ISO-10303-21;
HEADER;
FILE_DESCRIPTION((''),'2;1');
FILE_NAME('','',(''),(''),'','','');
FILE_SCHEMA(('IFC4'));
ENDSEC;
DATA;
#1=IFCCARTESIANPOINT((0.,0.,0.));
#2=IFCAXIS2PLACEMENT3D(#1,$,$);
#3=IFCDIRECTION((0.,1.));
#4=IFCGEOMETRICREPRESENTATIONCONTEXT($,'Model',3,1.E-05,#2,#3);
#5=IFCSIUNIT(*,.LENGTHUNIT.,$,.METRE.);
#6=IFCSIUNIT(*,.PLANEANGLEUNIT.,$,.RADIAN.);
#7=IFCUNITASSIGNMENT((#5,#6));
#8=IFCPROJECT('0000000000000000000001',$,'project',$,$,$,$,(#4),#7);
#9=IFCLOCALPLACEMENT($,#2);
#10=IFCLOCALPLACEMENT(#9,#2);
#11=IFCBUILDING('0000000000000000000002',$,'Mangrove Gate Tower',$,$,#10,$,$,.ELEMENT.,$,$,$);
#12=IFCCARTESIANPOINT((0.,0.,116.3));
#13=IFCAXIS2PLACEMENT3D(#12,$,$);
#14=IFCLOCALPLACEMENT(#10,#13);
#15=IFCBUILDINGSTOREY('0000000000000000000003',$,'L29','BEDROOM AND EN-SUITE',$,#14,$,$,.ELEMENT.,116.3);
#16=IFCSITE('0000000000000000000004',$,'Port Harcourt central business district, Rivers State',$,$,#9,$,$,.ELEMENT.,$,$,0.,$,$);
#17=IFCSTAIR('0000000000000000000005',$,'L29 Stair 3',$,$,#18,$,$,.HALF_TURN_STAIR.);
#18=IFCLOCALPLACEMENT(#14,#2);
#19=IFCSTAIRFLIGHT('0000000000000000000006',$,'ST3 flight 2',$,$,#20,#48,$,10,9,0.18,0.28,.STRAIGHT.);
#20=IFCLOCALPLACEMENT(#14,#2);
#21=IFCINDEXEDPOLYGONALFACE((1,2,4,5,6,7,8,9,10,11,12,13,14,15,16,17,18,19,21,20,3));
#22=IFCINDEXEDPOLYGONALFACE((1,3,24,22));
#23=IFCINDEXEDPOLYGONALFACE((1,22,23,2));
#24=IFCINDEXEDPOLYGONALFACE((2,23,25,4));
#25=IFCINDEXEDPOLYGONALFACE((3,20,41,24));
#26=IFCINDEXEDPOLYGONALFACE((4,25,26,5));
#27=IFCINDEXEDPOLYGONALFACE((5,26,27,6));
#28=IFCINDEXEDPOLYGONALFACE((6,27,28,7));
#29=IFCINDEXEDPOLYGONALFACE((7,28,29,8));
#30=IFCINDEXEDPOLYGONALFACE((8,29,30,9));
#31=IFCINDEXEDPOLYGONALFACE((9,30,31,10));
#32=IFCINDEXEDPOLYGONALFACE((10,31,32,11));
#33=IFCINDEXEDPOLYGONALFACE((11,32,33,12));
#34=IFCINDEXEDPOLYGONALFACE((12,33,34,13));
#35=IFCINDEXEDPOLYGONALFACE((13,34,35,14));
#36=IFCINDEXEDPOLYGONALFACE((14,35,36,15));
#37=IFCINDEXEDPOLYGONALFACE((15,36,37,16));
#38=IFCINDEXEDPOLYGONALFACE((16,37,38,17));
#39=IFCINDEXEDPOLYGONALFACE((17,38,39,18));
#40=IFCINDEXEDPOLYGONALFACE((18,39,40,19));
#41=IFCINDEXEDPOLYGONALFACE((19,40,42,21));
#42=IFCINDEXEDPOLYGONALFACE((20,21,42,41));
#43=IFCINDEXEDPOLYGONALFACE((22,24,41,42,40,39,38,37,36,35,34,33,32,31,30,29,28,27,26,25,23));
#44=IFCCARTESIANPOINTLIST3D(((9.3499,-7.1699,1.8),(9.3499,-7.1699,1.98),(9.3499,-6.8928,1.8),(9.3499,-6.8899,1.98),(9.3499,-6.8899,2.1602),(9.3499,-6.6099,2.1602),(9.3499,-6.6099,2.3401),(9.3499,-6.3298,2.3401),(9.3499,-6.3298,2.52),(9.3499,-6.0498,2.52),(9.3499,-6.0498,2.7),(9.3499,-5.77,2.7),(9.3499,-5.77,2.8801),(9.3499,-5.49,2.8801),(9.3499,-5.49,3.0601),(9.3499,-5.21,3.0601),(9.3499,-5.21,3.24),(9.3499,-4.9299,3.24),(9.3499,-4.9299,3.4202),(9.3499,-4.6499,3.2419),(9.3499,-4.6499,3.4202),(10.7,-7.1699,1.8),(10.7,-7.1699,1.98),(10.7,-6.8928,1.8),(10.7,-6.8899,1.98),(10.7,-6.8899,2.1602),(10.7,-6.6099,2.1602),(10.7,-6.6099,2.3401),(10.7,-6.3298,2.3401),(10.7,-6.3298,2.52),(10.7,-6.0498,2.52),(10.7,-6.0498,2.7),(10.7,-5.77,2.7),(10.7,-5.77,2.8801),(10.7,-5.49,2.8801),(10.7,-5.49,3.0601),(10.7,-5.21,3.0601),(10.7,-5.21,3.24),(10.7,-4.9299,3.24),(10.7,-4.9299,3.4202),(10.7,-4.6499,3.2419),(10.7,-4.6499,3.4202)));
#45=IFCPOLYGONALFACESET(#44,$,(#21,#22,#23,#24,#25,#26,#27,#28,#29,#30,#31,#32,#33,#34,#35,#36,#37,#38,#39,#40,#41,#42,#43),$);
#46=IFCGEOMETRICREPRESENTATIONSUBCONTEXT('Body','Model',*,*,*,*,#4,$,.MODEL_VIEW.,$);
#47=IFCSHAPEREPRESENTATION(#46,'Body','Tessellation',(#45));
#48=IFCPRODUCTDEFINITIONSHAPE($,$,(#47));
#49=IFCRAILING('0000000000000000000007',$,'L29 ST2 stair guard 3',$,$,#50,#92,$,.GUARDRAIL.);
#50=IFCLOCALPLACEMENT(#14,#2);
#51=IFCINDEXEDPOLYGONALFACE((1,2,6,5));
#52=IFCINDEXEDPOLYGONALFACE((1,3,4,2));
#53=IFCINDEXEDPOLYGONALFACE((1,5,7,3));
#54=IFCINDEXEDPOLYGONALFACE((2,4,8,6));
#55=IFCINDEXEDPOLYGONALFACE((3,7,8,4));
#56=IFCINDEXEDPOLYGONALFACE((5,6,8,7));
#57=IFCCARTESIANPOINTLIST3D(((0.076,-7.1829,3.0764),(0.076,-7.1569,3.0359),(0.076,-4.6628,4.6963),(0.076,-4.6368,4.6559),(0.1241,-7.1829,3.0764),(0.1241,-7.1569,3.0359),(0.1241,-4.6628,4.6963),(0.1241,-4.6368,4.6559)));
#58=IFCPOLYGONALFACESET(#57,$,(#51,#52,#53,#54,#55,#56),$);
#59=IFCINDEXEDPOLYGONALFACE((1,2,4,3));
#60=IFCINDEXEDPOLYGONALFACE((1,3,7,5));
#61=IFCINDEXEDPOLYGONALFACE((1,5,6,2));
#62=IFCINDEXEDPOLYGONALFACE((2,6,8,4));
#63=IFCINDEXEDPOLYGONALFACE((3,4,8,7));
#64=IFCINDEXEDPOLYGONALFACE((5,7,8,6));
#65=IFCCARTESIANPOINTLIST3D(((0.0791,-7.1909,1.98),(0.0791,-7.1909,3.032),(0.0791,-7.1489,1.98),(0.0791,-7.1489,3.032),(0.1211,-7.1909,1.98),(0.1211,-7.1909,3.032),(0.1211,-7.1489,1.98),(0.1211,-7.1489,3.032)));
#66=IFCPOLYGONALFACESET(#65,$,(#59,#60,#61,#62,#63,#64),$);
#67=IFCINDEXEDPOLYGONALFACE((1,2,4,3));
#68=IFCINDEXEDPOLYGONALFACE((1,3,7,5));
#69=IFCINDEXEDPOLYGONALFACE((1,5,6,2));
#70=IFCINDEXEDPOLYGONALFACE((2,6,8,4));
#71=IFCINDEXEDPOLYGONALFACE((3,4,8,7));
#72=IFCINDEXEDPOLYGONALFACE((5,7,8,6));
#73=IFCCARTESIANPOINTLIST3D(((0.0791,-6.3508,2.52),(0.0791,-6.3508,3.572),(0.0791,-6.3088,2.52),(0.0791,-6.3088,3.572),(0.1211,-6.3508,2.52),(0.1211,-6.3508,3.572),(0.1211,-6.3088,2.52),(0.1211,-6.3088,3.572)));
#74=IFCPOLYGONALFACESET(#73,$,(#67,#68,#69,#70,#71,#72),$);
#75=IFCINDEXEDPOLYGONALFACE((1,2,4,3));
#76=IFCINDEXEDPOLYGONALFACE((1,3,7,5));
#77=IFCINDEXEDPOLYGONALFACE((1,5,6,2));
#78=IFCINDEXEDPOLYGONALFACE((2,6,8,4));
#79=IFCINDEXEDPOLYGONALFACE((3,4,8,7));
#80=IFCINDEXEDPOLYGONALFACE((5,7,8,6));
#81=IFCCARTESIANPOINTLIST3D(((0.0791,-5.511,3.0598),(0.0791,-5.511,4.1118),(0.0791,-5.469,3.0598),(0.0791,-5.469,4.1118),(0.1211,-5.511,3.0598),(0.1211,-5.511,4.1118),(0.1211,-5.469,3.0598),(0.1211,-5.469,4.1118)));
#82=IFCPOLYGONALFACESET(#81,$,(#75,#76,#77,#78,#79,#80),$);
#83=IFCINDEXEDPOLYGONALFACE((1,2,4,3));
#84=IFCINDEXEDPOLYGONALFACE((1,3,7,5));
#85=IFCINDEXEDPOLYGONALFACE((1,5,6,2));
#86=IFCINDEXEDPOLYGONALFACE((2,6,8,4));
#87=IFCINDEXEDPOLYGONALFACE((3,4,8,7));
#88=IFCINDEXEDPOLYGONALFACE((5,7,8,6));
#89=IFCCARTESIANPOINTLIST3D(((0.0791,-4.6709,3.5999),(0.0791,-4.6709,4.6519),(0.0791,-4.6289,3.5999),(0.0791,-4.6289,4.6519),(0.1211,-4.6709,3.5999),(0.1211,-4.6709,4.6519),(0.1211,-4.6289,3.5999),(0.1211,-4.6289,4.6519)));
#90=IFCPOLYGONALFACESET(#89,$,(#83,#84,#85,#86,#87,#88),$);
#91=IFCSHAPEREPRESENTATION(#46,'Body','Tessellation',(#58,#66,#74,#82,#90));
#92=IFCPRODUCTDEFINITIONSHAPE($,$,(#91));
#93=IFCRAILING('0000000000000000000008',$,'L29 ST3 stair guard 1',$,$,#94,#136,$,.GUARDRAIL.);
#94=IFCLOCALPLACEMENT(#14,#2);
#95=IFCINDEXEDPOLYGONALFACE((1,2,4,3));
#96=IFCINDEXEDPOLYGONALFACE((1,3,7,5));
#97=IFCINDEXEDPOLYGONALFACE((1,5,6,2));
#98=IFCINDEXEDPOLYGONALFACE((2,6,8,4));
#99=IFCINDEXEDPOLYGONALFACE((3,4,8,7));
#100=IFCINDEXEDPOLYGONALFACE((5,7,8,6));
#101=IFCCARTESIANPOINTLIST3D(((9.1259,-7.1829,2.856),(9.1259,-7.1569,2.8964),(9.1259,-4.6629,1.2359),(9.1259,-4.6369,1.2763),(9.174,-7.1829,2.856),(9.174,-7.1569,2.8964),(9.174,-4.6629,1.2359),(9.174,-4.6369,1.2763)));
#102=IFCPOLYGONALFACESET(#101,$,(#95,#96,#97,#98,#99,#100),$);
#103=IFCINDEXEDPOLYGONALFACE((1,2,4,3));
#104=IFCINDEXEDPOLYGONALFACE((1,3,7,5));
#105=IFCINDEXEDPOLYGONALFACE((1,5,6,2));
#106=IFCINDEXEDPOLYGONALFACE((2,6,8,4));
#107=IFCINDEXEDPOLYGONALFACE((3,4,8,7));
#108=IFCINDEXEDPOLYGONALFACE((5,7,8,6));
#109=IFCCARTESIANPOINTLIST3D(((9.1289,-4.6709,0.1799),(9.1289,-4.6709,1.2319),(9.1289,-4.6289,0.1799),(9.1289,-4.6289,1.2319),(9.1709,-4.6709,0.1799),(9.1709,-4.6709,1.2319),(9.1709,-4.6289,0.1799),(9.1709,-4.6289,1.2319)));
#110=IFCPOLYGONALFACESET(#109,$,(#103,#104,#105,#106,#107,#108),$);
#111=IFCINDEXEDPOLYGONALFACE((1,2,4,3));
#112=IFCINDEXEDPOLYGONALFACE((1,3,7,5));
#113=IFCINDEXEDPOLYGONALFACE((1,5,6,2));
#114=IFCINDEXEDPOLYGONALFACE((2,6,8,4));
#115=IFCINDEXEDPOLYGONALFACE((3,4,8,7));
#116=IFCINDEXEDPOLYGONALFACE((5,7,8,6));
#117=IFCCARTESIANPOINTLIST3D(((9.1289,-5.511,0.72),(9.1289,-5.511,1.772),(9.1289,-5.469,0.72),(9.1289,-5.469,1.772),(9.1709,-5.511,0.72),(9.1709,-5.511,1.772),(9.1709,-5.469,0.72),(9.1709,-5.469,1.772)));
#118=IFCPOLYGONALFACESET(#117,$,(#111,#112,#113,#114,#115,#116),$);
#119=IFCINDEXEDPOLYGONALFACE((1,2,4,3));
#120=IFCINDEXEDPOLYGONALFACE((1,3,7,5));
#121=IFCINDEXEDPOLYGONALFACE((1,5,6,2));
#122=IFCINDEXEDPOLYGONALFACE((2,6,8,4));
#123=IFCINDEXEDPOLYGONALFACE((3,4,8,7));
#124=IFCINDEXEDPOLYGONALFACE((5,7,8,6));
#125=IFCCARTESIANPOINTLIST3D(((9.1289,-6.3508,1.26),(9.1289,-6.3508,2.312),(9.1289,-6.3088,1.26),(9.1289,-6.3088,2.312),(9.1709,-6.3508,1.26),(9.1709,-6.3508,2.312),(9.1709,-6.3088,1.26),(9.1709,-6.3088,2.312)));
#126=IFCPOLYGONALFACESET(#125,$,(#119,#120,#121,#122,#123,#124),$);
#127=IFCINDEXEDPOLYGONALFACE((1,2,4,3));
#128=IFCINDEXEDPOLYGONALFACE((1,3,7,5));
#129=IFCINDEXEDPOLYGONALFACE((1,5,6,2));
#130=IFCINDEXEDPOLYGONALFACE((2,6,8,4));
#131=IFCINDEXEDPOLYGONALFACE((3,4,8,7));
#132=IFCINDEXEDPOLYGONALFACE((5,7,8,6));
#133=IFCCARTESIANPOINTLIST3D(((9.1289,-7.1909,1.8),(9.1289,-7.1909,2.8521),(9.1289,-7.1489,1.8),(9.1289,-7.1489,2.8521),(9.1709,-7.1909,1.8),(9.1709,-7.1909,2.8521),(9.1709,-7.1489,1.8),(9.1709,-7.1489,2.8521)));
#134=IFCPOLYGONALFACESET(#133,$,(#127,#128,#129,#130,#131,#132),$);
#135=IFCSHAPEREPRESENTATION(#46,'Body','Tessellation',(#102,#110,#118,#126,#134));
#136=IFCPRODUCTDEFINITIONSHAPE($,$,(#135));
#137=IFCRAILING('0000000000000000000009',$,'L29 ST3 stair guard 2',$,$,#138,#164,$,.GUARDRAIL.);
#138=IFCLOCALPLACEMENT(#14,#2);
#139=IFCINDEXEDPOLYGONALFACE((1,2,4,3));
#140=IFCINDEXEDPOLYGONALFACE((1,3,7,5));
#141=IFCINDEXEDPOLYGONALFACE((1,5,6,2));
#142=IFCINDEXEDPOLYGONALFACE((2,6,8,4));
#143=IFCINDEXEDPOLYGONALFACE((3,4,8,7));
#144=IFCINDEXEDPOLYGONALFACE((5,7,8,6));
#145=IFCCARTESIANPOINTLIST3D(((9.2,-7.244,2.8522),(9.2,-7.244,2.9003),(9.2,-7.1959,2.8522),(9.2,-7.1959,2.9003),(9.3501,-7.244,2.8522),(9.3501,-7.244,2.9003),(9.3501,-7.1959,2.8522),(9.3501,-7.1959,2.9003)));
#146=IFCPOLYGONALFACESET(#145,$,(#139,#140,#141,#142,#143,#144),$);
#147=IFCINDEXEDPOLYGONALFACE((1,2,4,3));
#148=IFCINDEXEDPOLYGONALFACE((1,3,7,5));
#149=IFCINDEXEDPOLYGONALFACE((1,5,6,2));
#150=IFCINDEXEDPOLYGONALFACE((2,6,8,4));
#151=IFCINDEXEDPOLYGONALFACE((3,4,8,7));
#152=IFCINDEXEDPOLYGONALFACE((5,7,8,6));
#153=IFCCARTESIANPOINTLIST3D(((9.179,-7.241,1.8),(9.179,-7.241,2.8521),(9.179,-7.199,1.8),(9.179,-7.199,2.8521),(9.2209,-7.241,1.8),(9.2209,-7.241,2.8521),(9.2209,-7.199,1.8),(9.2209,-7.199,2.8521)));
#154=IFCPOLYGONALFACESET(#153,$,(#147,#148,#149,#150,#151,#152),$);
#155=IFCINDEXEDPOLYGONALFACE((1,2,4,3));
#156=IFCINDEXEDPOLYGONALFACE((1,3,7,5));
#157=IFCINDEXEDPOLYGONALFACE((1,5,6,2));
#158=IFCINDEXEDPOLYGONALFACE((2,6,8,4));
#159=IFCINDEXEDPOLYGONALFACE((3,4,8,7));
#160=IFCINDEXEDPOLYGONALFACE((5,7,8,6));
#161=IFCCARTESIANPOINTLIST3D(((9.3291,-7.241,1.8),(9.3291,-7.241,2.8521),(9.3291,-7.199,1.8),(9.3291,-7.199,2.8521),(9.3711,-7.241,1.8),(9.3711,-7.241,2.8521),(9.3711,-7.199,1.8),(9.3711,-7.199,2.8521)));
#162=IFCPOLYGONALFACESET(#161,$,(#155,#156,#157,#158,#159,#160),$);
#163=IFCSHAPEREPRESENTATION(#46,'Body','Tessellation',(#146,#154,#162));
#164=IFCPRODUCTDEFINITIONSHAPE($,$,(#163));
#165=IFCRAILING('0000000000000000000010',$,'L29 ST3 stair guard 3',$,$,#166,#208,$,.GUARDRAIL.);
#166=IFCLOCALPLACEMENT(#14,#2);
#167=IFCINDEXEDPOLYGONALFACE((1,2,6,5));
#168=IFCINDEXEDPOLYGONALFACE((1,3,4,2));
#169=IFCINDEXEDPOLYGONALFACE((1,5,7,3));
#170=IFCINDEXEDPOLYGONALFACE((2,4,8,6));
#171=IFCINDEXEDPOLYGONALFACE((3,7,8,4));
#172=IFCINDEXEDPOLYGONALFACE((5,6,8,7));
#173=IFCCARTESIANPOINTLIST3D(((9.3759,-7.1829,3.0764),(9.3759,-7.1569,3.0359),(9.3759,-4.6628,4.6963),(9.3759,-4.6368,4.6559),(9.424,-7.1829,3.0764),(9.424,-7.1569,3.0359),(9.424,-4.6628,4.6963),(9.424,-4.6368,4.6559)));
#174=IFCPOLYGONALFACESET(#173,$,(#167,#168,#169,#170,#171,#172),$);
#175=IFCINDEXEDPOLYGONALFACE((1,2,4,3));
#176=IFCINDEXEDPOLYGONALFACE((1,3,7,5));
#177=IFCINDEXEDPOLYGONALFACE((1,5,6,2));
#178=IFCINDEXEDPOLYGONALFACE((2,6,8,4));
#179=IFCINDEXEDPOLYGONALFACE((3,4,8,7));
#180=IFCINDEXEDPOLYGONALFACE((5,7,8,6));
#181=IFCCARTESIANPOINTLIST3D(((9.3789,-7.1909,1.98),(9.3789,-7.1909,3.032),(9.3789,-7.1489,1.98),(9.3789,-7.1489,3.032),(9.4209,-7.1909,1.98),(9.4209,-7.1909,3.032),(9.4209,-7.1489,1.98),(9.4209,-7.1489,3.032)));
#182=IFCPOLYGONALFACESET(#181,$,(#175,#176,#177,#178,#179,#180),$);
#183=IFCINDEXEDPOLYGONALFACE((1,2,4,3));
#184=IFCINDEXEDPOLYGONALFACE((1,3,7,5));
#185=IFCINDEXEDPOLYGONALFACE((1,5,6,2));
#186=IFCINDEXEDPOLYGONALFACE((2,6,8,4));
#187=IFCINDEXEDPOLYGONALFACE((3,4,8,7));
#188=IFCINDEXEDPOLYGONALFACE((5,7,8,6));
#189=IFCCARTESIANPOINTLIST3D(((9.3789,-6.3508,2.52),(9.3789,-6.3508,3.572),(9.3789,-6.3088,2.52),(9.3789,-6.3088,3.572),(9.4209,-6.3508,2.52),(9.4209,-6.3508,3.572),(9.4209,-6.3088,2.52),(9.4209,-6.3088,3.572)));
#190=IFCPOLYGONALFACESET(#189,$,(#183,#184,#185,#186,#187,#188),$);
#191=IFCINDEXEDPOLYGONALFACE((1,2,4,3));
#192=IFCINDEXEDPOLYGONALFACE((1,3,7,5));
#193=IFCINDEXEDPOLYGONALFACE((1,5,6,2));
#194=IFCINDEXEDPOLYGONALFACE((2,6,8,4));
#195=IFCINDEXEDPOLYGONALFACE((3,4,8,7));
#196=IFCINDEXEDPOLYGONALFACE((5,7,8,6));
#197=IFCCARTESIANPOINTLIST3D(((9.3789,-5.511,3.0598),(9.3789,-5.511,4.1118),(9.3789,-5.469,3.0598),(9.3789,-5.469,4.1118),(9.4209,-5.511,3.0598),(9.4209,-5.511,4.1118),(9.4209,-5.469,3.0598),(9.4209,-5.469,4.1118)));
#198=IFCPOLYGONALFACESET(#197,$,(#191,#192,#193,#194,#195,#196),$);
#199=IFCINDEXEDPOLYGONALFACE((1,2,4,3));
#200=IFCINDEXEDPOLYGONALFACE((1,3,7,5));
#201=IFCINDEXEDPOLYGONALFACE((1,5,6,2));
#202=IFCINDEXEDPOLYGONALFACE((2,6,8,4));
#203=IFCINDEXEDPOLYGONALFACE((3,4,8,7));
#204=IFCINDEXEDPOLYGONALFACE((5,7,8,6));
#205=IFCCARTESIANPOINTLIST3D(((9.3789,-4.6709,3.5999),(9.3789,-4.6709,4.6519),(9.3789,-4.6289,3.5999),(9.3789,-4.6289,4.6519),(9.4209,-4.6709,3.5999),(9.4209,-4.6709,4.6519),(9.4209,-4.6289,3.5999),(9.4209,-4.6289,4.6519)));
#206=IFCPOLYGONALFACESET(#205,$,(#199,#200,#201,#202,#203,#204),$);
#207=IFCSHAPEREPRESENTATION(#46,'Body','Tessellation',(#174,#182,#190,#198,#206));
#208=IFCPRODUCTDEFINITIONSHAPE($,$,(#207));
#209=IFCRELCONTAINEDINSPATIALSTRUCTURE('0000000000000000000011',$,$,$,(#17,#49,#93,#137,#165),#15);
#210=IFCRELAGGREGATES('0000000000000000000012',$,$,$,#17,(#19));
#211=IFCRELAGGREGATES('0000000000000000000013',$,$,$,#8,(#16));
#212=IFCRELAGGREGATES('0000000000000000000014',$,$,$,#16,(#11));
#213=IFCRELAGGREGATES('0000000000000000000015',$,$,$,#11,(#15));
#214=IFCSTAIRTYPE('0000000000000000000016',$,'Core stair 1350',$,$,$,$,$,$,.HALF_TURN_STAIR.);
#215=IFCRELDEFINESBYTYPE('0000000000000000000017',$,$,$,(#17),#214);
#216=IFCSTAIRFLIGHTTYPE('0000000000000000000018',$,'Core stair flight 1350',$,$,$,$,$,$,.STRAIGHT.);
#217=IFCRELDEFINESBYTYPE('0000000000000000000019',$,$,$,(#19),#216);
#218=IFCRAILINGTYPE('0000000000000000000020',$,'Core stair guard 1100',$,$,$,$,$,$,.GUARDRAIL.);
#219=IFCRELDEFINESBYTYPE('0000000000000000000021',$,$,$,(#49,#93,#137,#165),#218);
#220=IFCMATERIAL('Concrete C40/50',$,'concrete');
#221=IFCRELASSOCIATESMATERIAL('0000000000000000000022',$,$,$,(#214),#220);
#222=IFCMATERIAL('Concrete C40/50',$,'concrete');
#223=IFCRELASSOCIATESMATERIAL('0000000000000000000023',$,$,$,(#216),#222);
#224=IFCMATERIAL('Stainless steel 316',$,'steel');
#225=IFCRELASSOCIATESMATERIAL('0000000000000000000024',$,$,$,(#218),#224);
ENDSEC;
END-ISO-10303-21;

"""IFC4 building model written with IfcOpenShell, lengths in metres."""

from ifc_helpers import new_model, si_unit, direction, frame, origin, origin_2d, place, context, subcontext, project, spatial, polyline, rectangle, outline, extrude, material, type_object, element, aggregate, save


model = new_model("IFC4")

# Units and contexts
model_context = context("Model", 3, precision=1e-05, world=origin(), true_north=direction((0.0, 1.0)))
body_context = subcontext(model_context, "Body", "Model", "MODEL_VIEW")
ifc_project = project(units=[si_unit("LENGTHUNIT", "METRE"), si_unit("PLANEANGLEUNIT", "RADIAN")], contexts=[model_context])

# Site, building, storey
site_placement = place(None, origin())
site = spatial("IfcSite", under=ifc_project, at=site_placement, Name="Port Harcourt central business district, Rivers State", CompositionType="ELEMENT", RefElevation=0.0)
building_placement = place(site_placement, origin())
building = spatial("IfcBuilding", under=site, at=building_placement, Name="Mangrove Gate Tower", CompositionType="ELEMENT")
storey_placement = place(building_placement, frame((0.0, 0.0, 116.3)))
storey = spatial("IfcBuildingStorey", under=building, at=storey_placement, Name="L29", Description="BEDROOM AND EN-SUITE", CompositionType="ELEMENT", Elevation=116.3)

# Shared definitions
ifc_material_1 = material(Name="Concrete C40/50", Category="concrete")
stair_type = type_object("IfcStairType", Name="Core stair 1350", PredefinedType="HALF_TURN_STAIR", material=ifc_material_1)
ifc_material_2 = material(Name="Concrete C40/50", Category="concrete")
stair_flight_type = type_object("IfcStairFlightType", Name="Core stair flight 1350", PredefinedType="STRAIGHT", material=ifc_material_2)

# Stair, stair flight
stair_1_placement = place(storey_placement, origin())
stair_1 = element("IfcStair", 1, at=stair_1_placement, inside=storey, type_object=stair_type, Name="L29 Stair 3", PredefinedType="HALF_TURN_STAIR")
stair_flight_1_placement = place(storey_placement, frame((10.0249, -7.1699, 1.8), z_axis=(0.0, 0.0, 1.0), x_axis=(0.0, 1.0, 0.0)))
stair_flight_1 = element("IfcStairFlight", 2, at=stair_flight_1_placement, type_object=stair_flight_type, Name="ST3 flight 2", NumberOfRisers=10, NumberOfTreads=9, PredefinedType="STRAIGHT", RiserHeight=0.18, TreadLength=0.28, context=body_context, shape_type="SweptSolid", body=[
    extrude(outline(polyline([(0.0, 0.0), (0.0, 0.1799), (0.28, 0.1799), (0.28, 0.3601), (0.5601, 0.3601), (0.5601, 0.54), (0.8401, 0.54), (0.8401, 0.72), (1.1201, 0.72), (1.1201, 0.8999), (1.3999, 0.8999), (1.3999, 1.0801), (1.6799, 1.0801), (1.6799, 1.26), (1.96, 1.26), (1.96, 1.4399), (2.24, 1.4399), (2.24, 1.6201), (2.52, 1.6201), (2.52, 1.8), (2.52, 1.4419), (0.2771, 0.0), (0.0, 0.0)])), frame((0.0, 0.675, 0.0), z_axis=(0.0, -1.0, 0.0), x_axis=(1.0, 0.0, 0.0)), (0.0, 0.0, 1.0), 1.3501),
])
aggregate(stair_1, [stair_flight_1])

# Railings
ifc_material_3 = material(Name="Stainless steel 316", Category="steel")
railing_type_1 = type_object("IfcRailingType", Name="Core stair guard 1100", PredefinedType="GUARDRAIL", material=ifc_material_3)
railing_1_placement = place(storey_placement, frame((0.1001, -7.1699, 1.98)))
element("IfcRailing", 3, at=railing_1_placement, inside=storey, type_object=railing_type_1, Name="L29 ST2 stair guard 3", PredefinedType="GUARDRAIL", context=body_context, shape_type="SweptSolid", body=[
    extrude(rectangle(XDim=0.0481, YDim=0.0481, at=origin_2d()), frame((0.0, 0.0, 1.0762), z_axis=(0.0, 0.8412, 0.540725), x_axis=(-1.0, 0.0, 0.0)), (0.0, 0.0, 1.0), 2.9958),
    extrude(rectangle(XDim=0.042, YDim=0.042, at=origin_2d()), origin(), (0.0, 0.0, 1.0), 1.052),
    extrude(rectangle(XDim=0.042, YDim=0.042, at=origin_2d()), frame((0.0, 0.8401, 0.54)), (0.0, 0.0, 1.0), 1.052),
    extrude(rectangle(XDim=0.042, YDim=0.042, at=origin_2d()), frame((0.0, 1.6799, 1.0798)), (0.0, 0.0, 1.0), 1.052),
    extrude(rectangle(XDim=0.042, YDim=0.042, at=origin_2d()), frame((0.0, 2.52, 1.6199)), (0.0, 0.0, 1.0), 1.052),
])
railing_2_placement = place(storey_placement, frame((9.1499, -4.6499, 0.1799)))
element("IfcRailing", 4, at=railing_2_placement, inside=storey, type_object=railing_type_1, Name="L29 ST3 stair guard 1", PredefinedType="GUARDRAIL", context=body_context, shape_type="SweptSolid", body=[
    extrude(rectangle(XDim=0.0481, YDim=0.0481, at=origin_2d()), frame((0.0, 0.0, 1.0762), z_axis=(0.0, -0.841163, 0.540782), x_axis=(1.0, 0.0, 0.0)), (0.0, 0.0, 1.0), 2.9958),
    extrude(rectangle(XDim=0.042, YDim=0.042, at=origin_2d()), origin(), (0.0, 0.0, 1.0), 1.052),
    extrude(rectangle(XDim=0.042, YDim=0.042, at=origin_2d()), frame((0.0, -0.8401, 0.54)), (0.0, 0.0, 1.0), 1.052),
    extrude(rectangle(XDim=0.042, YDim=0.042, at=origin_2d()), frame((0.0, -1.6799, 1.0801)), (0.0, 0.0, 1.0), 1.052),
    extrude(rectangle(XDim=0.042, YDim=0.042, at=origin_2d()), frame((0.0, -2.52, 1.6201)), (0.0, 0.0, 1.0), 1.052),
])
railing_3_placement = place(storey_placement, frame((9.2, -7.22, 1.8)))
element("IfcRailing", 5, at=railing_3_placement, inside=storey, type_object=railing_type_1, Name="L29 ST3 stair guard 2", PredefinedType="GUARDRAIL", context=body_context, shape_type="SweptSolid", body=[
    extrude(rectangle(XDim=0.0481, YDim=0.0481, at=origin_2d()), frame((0.0, 0.0, 1.0762), z_axis=(1.0, 0.0, 0.0), x_axis=(0.0, 1.0, 0.0)), (0.0, 0.0, 1.0), 0.1501),
    extrude(rectangle(XDim=0.042, YDim=0.042, at=origin_2d()), origin(), (0.0, 0.0, 1.0), 1.052),
    extrude(rectangle(XDim=0.042, YDim=0.042, at=origin_2d()), frame((0.1501, 0.0, 0.0)), (0.0, 0.0, 1.0), 1.052),
])
railing_4_placement = place(storey_placement, frame((9.3999, -7.1699, 1.98)))
element("IfcRailing", 6, at=railing_4_placement, inside=storey, type_object=railing_type_1, Name="L29 ST3 stair guard 3", PredefinedType="GUARDRAIL", context=body_context, shape_type="SweptSolid", body=[
    extrude(rectangle(XDim=0.0481, YDim=0.0481, at=origin_2d()), frame((0.0, 0.0, 1.0762), z_axis=(0.0, 0.8412, 0.540725), x_axis=(-1.0, 0.0, 0.0)), (0.0, 0.0, 1.0), 2.9958),
    extrude(rectangle(XDim=0.042, YDim=0.042, at=origin_2d()), origin(), (0.0, 0.0, 1.0), 1.052),
    extrude(rectangle(XDim=0.042, YDim=0.042, at=origin_2d()), frame((0.0, 0.8401, 0.54)), (0.0, 0.0, 1.0), 1.052),
    extrude(rectangle(XDim=0.042, YDim=0.042, at=origin_2d()), frame((0.0, 1.6799, 1.0798)), (0.0, 0.0, 1.0), 1.052),
    extrude(rectangle(XDim=0.042, YDim=0.042, at=origin_2d()), frame((0.0, 2.52, 1.6199)), (0.0, 0.0, 1.0), 1.052),
])

save(model, "model.ifc")
